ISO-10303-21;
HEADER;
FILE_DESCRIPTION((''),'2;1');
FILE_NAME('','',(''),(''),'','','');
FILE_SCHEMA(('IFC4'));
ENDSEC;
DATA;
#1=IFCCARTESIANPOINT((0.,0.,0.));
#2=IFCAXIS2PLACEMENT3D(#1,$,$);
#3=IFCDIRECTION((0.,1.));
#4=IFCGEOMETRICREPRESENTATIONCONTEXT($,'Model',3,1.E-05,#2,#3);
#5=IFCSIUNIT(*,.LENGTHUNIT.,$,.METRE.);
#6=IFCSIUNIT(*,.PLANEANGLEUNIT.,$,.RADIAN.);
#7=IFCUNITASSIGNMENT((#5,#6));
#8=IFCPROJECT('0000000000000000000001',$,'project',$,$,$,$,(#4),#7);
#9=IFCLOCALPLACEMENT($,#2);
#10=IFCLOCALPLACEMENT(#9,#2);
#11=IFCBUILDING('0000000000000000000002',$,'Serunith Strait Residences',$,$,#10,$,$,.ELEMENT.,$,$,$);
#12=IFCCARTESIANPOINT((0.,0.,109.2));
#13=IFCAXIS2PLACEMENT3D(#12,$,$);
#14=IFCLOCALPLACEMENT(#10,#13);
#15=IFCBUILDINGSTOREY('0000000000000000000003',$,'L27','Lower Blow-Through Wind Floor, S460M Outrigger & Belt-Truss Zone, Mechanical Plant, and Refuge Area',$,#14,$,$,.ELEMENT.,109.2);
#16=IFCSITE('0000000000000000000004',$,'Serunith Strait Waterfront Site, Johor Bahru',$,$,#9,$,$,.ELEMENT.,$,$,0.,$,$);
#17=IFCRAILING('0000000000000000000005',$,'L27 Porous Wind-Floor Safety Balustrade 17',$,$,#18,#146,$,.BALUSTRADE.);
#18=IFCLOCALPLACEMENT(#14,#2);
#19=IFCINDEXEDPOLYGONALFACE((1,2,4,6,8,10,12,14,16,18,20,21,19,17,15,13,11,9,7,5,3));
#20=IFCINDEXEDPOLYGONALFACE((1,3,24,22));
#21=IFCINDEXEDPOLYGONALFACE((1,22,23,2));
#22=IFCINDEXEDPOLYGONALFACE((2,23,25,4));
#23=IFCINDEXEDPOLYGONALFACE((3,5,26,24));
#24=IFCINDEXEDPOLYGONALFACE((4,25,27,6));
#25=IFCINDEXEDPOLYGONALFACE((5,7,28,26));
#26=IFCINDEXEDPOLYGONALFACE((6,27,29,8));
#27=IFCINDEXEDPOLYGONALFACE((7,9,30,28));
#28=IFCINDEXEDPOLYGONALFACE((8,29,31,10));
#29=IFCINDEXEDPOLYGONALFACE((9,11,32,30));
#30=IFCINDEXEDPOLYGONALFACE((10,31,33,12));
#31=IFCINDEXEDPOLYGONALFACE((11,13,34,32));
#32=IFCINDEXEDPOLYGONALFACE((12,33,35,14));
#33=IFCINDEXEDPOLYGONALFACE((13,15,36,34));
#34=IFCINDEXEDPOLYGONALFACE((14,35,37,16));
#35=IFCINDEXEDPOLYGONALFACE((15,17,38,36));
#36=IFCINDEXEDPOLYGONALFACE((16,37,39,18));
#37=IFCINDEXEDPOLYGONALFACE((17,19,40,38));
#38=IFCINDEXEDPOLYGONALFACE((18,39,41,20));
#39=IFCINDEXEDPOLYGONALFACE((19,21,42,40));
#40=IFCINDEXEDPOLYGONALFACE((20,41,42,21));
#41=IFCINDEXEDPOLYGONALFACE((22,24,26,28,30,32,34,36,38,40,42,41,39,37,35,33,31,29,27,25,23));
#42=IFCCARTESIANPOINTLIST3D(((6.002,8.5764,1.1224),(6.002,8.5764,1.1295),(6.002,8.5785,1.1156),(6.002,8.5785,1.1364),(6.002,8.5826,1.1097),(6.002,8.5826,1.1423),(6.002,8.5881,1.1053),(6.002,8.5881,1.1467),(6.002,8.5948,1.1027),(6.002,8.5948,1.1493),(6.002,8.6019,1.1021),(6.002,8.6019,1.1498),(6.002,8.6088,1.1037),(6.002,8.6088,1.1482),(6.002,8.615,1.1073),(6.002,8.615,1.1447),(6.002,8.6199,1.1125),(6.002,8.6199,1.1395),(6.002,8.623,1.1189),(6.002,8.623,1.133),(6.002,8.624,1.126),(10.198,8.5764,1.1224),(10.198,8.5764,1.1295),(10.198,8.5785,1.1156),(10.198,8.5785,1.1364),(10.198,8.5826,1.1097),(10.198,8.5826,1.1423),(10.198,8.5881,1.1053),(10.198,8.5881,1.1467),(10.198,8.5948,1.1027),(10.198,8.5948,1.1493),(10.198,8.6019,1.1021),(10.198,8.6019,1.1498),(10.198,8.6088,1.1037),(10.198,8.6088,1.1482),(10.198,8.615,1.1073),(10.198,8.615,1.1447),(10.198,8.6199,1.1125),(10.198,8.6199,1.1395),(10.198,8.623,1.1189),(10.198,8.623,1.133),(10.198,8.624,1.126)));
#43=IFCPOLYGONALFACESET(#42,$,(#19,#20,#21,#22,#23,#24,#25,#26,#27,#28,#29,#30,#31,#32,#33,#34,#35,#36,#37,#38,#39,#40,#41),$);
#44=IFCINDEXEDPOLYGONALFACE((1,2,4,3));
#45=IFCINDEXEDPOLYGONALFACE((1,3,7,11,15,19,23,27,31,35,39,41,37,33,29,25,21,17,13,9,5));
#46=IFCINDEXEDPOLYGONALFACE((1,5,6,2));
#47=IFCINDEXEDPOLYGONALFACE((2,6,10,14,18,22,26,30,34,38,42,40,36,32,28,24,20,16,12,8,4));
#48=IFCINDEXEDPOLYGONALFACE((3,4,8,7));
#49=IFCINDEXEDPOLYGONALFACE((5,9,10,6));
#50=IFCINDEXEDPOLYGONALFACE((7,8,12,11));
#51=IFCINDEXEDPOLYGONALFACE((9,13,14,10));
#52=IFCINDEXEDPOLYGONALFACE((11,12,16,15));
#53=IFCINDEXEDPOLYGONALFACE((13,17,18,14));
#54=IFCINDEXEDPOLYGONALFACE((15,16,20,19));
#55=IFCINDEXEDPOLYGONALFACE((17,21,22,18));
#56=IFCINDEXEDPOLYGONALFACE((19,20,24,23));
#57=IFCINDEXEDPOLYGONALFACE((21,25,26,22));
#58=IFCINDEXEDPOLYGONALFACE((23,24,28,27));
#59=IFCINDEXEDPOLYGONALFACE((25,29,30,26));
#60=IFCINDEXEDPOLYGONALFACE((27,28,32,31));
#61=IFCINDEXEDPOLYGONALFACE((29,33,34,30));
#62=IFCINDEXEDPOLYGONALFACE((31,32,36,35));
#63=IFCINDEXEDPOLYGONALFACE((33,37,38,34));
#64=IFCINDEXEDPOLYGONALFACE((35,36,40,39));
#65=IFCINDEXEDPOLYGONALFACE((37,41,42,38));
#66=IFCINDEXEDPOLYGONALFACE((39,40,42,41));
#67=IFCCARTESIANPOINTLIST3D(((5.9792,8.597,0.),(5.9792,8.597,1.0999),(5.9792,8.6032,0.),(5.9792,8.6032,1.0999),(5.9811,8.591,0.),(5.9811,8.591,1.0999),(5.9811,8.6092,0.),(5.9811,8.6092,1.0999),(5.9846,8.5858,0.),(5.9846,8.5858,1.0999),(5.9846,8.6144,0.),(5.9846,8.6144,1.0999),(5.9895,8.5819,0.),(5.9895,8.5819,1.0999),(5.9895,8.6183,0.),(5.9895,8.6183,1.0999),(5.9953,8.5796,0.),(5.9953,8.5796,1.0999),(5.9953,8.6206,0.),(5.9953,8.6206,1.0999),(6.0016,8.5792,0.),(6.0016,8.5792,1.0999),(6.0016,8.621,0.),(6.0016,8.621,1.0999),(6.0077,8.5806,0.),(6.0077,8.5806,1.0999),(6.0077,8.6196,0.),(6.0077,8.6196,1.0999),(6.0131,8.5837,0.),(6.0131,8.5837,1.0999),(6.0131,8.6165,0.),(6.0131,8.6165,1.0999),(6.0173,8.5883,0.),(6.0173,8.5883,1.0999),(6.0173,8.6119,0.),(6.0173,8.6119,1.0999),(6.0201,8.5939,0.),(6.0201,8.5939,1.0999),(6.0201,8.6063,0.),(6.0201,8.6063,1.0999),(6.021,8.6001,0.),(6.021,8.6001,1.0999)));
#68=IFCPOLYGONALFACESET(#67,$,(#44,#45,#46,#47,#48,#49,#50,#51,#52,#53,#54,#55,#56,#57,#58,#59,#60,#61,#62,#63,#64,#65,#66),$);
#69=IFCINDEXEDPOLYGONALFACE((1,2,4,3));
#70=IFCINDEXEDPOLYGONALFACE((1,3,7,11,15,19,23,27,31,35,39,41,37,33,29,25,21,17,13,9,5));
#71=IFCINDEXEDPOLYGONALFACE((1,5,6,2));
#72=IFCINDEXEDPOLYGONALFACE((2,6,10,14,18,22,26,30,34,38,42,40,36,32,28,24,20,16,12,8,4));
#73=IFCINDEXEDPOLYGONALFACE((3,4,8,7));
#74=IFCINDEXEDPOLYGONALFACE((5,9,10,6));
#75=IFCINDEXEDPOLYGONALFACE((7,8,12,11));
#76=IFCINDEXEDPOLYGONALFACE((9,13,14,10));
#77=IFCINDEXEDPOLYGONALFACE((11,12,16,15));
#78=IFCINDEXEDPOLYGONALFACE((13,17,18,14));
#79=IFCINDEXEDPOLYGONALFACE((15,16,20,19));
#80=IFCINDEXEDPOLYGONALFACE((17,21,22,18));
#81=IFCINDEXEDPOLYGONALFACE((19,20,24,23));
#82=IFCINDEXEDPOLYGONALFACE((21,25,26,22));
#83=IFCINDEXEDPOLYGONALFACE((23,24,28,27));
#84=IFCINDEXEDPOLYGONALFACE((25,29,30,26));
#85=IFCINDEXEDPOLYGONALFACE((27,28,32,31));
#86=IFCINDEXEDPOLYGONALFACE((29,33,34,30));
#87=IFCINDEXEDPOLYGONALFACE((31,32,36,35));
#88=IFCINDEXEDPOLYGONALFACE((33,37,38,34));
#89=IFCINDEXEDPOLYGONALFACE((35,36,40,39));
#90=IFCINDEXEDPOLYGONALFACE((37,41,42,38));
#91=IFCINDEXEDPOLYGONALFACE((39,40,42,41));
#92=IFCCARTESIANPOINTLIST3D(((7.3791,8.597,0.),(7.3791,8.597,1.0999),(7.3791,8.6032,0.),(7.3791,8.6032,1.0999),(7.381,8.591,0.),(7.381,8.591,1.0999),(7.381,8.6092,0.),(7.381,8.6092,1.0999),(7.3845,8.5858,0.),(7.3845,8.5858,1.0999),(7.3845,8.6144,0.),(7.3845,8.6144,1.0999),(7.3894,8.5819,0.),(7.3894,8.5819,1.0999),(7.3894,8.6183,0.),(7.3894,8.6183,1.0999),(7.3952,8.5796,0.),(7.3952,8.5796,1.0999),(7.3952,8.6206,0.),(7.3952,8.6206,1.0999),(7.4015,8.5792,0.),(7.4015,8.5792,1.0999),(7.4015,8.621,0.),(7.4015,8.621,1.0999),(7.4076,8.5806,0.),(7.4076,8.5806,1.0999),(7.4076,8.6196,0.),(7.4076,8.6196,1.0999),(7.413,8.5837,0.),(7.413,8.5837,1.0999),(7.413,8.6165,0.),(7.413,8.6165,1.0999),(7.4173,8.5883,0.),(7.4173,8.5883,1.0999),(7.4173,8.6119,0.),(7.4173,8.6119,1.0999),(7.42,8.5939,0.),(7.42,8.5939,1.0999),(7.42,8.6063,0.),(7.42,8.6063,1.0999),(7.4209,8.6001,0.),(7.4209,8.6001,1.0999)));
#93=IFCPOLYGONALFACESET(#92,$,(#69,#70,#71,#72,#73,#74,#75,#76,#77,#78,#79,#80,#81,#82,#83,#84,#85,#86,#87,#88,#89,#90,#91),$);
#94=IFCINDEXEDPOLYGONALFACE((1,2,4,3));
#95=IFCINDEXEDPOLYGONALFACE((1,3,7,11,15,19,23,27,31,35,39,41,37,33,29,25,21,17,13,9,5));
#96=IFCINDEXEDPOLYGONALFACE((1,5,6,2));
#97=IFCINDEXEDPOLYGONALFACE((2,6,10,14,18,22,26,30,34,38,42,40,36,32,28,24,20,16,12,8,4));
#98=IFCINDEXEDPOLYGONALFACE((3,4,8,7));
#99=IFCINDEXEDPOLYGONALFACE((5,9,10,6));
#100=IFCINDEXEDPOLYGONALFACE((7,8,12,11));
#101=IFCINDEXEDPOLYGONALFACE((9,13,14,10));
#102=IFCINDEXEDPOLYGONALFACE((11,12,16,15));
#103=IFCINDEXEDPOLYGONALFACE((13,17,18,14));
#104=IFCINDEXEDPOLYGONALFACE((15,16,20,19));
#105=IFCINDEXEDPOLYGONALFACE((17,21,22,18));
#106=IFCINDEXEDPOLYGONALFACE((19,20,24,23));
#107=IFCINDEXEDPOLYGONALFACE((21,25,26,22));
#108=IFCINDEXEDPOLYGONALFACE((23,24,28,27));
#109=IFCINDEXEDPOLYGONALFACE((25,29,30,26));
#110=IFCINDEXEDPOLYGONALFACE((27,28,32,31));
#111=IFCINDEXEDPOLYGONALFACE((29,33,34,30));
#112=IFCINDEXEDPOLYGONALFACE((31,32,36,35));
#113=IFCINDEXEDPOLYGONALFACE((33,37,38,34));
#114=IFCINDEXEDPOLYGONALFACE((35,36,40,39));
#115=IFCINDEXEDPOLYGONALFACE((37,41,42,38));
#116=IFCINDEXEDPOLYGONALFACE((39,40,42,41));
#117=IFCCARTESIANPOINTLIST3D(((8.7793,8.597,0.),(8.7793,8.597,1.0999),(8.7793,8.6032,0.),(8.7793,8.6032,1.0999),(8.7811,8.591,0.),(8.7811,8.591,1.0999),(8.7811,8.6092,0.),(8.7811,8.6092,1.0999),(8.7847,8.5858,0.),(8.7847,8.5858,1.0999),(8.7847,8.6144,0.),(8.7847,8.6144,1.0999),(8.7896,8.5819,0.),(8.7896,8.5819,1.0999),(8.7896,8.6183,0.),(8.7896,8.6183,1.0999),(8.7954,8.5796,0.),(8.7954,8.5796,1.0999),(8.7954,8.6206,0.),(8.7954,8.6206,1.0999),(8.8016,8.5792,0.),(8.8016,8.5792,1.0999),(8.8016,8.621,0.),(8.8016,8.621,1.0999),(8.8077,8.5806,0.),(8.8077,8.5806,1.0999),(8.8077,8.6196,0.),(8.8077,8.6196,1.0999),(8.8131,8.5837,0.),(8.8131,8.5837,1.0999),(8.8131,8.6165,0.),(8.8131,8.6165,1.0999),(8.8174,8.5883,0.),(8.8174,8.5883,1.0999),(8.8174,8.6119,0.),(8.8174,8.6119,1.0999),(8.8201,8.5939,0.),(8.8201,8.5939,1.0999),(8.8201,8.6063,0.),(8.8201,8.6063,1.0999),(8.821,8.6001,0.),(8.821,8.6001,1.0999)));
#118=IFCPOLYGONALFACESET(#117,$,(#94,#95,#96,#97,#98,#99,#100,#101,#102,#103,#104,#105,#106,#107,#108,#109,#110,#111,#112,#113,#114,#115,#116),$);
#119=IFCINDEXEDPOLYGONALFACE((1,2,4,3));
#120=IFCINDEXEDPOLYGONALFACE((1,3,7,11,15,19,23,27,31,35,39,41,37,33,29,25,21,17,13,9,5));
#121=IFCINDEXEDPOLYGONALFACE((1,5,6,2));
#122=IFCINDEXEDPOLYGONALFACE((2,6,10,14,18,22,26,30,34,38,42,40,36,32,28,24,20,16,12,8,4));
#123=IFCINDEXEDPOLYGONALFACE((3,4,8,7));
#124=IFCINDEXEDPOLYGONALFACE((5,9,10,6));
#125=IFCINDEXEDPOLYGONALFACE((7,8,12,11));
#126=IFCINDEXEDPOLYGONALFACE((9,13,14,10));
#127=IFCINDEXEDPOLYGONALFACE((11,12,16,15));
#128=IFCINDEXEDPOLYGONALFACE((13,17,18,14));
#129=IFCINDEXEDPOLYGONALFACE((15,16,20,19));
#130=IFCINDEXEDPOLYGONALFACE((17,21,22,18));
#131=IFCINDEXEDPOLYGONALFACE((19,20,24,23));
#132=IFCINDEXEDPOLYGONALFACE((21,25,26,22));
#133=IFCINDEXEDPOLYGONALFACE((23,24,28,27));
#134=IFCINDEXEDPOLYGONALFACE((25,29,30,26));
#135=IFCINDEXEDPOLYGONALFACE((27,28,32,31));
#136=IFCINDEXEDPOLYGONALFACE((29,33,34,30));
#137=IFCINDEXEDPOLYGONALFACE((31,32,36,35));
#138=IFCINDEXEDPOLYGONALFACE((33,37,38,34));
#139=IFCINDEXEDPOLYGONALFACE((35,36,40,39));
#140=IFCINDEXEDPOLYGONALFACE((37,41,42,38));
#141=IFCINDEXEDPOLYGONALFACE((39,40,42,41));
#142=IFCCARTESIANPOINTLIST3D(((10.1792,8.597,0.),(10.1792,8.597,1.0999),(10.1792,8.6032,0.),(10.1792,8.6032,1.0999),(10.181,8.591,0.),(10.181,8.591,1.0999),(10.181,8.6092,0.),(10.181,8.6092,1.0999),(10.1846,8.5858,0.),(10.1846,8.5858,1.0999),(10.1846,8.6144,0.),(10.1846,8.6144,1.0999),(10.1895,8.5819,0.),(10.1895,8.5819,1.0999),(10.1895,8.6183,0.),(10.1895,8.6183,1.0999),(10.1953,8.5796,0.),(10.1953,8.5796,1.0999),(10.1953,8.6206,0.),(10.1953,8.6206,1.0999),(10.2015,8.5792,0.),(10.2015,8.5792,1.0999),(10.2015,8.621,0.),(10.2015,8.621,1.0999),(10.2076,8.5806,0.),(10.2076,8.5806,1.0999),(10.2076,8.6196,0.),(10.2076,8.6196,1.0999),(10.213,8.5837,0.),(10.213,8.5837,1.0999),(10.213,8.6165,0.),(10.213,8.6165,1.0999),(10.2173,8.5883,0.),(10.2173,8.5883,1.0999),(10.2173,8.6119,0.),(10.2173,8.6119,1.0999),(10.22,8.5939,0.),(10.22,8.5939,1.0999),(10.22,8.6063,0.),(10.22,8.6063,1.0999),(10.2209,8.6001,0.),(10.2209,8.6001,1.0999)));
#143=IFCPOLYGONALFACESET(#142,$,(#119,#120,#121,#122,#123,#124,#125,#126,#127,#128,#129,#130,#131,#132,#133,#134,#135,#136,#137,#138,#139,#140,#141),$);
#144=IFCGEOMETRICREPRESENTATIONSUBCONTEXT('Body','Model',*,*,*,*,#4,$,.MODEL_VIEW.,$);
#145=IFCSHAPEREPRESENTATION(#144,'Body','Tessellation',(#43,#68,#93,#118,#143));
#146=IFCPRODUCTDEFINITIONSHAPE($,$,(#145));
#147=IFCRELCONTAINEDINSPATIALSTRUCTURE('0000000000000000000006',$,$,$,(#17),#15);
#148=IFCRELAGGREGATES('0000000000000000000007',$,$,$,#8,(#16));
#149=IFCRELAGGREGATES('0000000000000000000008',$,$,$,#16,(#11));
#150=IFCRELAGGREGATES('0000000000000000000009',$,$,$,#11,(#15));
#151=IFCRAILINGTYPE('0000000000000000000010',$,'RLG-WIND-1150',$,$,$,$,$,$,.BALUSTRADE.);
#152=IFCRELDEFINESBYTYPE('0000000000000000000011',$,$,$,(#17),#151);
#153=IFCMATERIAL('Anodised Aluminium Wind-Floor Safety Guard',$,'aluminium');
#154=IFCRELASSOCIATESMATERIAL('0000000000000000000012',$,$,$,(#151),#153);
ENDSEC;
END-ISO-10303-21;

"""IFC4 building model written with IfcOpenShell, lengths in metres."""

from ifc_helpers import new_model, si_unit, direction, frame, origin, origin_2d, place, context, subcontext, project, spatial, circle, extrude, material, type_object, element, save


model = new_model("IFC4")

# Units and contexts
model_context = context("Model", 3, precision=1e-05, world=origin(), true_north=direction((0.0, 1.0)))
body_context = subcontext(model_context, "Body", "Model", "MODEL_VIEW")
ifc_project = project(units=[si_unit("LENGTHUNIT", "METRE"), si_unit("PLANEANGLEUNIT", "RADIAN")], contexts=[model_context])

# Site, building, storey
site_placement = place(None, origin())
site = spatial("IfcSite", under=ifc_project, at=site_placement, Name="Serunith Strait Waterfront Site, Johor Bahru", CompositionType="ELEMENT", RefElevation=0.0)
building_placement = place(site_placement, origin())
building = spatial("IfcBuilding", under=site, at=building_placement, Name="Serunith Strait Residences", CompositionType="ELEMENT")
storey_placement = place(building_placement, frame((0.0, 0.0, 109.2)))
storey = spatial("IfcBuildingStorey", under=building, at=storey_placement, Name="L27", Description="Lower Blow-Through Wind Floor, S460M Outrigger & Belt-Truss Zone, Mechanical Plant, and Refuge Area", CompositionType="ELEMENT", Elevation=109.2)

# Railing
ifc_material_1 = material(Name="Anodised Aluminium Wind-Floor Safety Guard", Category="aluminium")
railing_type = type_object("IfcRailingType", Name="RLG-WIND-1150", PredefinedType="BALUSTRADE", material=ifc_material_1)
railing_1_placement = place(storey_placement, frame((6.0, 8.6001, 0.0)))
element("IfcRailing", 1, at=railing_1_placement, inside=storey, type_object=railing_type, Name="L27 Porous Wind-Floor Safety Balustrade 17", PredefinedType="BALUSTRADE", context=body_context, shape_type="SweptSolid", body=[
    extrude(circle(Radius=0.0239, at=origin_2d()), frame((0.002, 0.0, 1.126), z_axis=(1.0, 0.0, 0.0), x_axis=(0.0, 1.0, 0.0)), (0.0, 0.0, 1.0), 4.196),
    extrude(circle(Radius=0.021, at=origin_2d()), origin(), (0.0, 0.0, 1.0), 1.0999),
    extrude(circle(Radius=0.021, at=origin_2d()), frame((1.3999, 0.0, 0.0)), (0.0, 0.0, 1.0), 1.0999),
    extrude(circle(Radius=0.021, at=origin_2d()), frame((2.8, 0.0, 0.0)), (0.0, 0.0, 1.0), 1.0999),
    extrude(circle(Radius=0.021, at=origin_2d()), frame((4.2, 0.0, 0.0)), (0.0, 0.0, 1.0), 1.0999),
])

save(model, "model.ifc")
